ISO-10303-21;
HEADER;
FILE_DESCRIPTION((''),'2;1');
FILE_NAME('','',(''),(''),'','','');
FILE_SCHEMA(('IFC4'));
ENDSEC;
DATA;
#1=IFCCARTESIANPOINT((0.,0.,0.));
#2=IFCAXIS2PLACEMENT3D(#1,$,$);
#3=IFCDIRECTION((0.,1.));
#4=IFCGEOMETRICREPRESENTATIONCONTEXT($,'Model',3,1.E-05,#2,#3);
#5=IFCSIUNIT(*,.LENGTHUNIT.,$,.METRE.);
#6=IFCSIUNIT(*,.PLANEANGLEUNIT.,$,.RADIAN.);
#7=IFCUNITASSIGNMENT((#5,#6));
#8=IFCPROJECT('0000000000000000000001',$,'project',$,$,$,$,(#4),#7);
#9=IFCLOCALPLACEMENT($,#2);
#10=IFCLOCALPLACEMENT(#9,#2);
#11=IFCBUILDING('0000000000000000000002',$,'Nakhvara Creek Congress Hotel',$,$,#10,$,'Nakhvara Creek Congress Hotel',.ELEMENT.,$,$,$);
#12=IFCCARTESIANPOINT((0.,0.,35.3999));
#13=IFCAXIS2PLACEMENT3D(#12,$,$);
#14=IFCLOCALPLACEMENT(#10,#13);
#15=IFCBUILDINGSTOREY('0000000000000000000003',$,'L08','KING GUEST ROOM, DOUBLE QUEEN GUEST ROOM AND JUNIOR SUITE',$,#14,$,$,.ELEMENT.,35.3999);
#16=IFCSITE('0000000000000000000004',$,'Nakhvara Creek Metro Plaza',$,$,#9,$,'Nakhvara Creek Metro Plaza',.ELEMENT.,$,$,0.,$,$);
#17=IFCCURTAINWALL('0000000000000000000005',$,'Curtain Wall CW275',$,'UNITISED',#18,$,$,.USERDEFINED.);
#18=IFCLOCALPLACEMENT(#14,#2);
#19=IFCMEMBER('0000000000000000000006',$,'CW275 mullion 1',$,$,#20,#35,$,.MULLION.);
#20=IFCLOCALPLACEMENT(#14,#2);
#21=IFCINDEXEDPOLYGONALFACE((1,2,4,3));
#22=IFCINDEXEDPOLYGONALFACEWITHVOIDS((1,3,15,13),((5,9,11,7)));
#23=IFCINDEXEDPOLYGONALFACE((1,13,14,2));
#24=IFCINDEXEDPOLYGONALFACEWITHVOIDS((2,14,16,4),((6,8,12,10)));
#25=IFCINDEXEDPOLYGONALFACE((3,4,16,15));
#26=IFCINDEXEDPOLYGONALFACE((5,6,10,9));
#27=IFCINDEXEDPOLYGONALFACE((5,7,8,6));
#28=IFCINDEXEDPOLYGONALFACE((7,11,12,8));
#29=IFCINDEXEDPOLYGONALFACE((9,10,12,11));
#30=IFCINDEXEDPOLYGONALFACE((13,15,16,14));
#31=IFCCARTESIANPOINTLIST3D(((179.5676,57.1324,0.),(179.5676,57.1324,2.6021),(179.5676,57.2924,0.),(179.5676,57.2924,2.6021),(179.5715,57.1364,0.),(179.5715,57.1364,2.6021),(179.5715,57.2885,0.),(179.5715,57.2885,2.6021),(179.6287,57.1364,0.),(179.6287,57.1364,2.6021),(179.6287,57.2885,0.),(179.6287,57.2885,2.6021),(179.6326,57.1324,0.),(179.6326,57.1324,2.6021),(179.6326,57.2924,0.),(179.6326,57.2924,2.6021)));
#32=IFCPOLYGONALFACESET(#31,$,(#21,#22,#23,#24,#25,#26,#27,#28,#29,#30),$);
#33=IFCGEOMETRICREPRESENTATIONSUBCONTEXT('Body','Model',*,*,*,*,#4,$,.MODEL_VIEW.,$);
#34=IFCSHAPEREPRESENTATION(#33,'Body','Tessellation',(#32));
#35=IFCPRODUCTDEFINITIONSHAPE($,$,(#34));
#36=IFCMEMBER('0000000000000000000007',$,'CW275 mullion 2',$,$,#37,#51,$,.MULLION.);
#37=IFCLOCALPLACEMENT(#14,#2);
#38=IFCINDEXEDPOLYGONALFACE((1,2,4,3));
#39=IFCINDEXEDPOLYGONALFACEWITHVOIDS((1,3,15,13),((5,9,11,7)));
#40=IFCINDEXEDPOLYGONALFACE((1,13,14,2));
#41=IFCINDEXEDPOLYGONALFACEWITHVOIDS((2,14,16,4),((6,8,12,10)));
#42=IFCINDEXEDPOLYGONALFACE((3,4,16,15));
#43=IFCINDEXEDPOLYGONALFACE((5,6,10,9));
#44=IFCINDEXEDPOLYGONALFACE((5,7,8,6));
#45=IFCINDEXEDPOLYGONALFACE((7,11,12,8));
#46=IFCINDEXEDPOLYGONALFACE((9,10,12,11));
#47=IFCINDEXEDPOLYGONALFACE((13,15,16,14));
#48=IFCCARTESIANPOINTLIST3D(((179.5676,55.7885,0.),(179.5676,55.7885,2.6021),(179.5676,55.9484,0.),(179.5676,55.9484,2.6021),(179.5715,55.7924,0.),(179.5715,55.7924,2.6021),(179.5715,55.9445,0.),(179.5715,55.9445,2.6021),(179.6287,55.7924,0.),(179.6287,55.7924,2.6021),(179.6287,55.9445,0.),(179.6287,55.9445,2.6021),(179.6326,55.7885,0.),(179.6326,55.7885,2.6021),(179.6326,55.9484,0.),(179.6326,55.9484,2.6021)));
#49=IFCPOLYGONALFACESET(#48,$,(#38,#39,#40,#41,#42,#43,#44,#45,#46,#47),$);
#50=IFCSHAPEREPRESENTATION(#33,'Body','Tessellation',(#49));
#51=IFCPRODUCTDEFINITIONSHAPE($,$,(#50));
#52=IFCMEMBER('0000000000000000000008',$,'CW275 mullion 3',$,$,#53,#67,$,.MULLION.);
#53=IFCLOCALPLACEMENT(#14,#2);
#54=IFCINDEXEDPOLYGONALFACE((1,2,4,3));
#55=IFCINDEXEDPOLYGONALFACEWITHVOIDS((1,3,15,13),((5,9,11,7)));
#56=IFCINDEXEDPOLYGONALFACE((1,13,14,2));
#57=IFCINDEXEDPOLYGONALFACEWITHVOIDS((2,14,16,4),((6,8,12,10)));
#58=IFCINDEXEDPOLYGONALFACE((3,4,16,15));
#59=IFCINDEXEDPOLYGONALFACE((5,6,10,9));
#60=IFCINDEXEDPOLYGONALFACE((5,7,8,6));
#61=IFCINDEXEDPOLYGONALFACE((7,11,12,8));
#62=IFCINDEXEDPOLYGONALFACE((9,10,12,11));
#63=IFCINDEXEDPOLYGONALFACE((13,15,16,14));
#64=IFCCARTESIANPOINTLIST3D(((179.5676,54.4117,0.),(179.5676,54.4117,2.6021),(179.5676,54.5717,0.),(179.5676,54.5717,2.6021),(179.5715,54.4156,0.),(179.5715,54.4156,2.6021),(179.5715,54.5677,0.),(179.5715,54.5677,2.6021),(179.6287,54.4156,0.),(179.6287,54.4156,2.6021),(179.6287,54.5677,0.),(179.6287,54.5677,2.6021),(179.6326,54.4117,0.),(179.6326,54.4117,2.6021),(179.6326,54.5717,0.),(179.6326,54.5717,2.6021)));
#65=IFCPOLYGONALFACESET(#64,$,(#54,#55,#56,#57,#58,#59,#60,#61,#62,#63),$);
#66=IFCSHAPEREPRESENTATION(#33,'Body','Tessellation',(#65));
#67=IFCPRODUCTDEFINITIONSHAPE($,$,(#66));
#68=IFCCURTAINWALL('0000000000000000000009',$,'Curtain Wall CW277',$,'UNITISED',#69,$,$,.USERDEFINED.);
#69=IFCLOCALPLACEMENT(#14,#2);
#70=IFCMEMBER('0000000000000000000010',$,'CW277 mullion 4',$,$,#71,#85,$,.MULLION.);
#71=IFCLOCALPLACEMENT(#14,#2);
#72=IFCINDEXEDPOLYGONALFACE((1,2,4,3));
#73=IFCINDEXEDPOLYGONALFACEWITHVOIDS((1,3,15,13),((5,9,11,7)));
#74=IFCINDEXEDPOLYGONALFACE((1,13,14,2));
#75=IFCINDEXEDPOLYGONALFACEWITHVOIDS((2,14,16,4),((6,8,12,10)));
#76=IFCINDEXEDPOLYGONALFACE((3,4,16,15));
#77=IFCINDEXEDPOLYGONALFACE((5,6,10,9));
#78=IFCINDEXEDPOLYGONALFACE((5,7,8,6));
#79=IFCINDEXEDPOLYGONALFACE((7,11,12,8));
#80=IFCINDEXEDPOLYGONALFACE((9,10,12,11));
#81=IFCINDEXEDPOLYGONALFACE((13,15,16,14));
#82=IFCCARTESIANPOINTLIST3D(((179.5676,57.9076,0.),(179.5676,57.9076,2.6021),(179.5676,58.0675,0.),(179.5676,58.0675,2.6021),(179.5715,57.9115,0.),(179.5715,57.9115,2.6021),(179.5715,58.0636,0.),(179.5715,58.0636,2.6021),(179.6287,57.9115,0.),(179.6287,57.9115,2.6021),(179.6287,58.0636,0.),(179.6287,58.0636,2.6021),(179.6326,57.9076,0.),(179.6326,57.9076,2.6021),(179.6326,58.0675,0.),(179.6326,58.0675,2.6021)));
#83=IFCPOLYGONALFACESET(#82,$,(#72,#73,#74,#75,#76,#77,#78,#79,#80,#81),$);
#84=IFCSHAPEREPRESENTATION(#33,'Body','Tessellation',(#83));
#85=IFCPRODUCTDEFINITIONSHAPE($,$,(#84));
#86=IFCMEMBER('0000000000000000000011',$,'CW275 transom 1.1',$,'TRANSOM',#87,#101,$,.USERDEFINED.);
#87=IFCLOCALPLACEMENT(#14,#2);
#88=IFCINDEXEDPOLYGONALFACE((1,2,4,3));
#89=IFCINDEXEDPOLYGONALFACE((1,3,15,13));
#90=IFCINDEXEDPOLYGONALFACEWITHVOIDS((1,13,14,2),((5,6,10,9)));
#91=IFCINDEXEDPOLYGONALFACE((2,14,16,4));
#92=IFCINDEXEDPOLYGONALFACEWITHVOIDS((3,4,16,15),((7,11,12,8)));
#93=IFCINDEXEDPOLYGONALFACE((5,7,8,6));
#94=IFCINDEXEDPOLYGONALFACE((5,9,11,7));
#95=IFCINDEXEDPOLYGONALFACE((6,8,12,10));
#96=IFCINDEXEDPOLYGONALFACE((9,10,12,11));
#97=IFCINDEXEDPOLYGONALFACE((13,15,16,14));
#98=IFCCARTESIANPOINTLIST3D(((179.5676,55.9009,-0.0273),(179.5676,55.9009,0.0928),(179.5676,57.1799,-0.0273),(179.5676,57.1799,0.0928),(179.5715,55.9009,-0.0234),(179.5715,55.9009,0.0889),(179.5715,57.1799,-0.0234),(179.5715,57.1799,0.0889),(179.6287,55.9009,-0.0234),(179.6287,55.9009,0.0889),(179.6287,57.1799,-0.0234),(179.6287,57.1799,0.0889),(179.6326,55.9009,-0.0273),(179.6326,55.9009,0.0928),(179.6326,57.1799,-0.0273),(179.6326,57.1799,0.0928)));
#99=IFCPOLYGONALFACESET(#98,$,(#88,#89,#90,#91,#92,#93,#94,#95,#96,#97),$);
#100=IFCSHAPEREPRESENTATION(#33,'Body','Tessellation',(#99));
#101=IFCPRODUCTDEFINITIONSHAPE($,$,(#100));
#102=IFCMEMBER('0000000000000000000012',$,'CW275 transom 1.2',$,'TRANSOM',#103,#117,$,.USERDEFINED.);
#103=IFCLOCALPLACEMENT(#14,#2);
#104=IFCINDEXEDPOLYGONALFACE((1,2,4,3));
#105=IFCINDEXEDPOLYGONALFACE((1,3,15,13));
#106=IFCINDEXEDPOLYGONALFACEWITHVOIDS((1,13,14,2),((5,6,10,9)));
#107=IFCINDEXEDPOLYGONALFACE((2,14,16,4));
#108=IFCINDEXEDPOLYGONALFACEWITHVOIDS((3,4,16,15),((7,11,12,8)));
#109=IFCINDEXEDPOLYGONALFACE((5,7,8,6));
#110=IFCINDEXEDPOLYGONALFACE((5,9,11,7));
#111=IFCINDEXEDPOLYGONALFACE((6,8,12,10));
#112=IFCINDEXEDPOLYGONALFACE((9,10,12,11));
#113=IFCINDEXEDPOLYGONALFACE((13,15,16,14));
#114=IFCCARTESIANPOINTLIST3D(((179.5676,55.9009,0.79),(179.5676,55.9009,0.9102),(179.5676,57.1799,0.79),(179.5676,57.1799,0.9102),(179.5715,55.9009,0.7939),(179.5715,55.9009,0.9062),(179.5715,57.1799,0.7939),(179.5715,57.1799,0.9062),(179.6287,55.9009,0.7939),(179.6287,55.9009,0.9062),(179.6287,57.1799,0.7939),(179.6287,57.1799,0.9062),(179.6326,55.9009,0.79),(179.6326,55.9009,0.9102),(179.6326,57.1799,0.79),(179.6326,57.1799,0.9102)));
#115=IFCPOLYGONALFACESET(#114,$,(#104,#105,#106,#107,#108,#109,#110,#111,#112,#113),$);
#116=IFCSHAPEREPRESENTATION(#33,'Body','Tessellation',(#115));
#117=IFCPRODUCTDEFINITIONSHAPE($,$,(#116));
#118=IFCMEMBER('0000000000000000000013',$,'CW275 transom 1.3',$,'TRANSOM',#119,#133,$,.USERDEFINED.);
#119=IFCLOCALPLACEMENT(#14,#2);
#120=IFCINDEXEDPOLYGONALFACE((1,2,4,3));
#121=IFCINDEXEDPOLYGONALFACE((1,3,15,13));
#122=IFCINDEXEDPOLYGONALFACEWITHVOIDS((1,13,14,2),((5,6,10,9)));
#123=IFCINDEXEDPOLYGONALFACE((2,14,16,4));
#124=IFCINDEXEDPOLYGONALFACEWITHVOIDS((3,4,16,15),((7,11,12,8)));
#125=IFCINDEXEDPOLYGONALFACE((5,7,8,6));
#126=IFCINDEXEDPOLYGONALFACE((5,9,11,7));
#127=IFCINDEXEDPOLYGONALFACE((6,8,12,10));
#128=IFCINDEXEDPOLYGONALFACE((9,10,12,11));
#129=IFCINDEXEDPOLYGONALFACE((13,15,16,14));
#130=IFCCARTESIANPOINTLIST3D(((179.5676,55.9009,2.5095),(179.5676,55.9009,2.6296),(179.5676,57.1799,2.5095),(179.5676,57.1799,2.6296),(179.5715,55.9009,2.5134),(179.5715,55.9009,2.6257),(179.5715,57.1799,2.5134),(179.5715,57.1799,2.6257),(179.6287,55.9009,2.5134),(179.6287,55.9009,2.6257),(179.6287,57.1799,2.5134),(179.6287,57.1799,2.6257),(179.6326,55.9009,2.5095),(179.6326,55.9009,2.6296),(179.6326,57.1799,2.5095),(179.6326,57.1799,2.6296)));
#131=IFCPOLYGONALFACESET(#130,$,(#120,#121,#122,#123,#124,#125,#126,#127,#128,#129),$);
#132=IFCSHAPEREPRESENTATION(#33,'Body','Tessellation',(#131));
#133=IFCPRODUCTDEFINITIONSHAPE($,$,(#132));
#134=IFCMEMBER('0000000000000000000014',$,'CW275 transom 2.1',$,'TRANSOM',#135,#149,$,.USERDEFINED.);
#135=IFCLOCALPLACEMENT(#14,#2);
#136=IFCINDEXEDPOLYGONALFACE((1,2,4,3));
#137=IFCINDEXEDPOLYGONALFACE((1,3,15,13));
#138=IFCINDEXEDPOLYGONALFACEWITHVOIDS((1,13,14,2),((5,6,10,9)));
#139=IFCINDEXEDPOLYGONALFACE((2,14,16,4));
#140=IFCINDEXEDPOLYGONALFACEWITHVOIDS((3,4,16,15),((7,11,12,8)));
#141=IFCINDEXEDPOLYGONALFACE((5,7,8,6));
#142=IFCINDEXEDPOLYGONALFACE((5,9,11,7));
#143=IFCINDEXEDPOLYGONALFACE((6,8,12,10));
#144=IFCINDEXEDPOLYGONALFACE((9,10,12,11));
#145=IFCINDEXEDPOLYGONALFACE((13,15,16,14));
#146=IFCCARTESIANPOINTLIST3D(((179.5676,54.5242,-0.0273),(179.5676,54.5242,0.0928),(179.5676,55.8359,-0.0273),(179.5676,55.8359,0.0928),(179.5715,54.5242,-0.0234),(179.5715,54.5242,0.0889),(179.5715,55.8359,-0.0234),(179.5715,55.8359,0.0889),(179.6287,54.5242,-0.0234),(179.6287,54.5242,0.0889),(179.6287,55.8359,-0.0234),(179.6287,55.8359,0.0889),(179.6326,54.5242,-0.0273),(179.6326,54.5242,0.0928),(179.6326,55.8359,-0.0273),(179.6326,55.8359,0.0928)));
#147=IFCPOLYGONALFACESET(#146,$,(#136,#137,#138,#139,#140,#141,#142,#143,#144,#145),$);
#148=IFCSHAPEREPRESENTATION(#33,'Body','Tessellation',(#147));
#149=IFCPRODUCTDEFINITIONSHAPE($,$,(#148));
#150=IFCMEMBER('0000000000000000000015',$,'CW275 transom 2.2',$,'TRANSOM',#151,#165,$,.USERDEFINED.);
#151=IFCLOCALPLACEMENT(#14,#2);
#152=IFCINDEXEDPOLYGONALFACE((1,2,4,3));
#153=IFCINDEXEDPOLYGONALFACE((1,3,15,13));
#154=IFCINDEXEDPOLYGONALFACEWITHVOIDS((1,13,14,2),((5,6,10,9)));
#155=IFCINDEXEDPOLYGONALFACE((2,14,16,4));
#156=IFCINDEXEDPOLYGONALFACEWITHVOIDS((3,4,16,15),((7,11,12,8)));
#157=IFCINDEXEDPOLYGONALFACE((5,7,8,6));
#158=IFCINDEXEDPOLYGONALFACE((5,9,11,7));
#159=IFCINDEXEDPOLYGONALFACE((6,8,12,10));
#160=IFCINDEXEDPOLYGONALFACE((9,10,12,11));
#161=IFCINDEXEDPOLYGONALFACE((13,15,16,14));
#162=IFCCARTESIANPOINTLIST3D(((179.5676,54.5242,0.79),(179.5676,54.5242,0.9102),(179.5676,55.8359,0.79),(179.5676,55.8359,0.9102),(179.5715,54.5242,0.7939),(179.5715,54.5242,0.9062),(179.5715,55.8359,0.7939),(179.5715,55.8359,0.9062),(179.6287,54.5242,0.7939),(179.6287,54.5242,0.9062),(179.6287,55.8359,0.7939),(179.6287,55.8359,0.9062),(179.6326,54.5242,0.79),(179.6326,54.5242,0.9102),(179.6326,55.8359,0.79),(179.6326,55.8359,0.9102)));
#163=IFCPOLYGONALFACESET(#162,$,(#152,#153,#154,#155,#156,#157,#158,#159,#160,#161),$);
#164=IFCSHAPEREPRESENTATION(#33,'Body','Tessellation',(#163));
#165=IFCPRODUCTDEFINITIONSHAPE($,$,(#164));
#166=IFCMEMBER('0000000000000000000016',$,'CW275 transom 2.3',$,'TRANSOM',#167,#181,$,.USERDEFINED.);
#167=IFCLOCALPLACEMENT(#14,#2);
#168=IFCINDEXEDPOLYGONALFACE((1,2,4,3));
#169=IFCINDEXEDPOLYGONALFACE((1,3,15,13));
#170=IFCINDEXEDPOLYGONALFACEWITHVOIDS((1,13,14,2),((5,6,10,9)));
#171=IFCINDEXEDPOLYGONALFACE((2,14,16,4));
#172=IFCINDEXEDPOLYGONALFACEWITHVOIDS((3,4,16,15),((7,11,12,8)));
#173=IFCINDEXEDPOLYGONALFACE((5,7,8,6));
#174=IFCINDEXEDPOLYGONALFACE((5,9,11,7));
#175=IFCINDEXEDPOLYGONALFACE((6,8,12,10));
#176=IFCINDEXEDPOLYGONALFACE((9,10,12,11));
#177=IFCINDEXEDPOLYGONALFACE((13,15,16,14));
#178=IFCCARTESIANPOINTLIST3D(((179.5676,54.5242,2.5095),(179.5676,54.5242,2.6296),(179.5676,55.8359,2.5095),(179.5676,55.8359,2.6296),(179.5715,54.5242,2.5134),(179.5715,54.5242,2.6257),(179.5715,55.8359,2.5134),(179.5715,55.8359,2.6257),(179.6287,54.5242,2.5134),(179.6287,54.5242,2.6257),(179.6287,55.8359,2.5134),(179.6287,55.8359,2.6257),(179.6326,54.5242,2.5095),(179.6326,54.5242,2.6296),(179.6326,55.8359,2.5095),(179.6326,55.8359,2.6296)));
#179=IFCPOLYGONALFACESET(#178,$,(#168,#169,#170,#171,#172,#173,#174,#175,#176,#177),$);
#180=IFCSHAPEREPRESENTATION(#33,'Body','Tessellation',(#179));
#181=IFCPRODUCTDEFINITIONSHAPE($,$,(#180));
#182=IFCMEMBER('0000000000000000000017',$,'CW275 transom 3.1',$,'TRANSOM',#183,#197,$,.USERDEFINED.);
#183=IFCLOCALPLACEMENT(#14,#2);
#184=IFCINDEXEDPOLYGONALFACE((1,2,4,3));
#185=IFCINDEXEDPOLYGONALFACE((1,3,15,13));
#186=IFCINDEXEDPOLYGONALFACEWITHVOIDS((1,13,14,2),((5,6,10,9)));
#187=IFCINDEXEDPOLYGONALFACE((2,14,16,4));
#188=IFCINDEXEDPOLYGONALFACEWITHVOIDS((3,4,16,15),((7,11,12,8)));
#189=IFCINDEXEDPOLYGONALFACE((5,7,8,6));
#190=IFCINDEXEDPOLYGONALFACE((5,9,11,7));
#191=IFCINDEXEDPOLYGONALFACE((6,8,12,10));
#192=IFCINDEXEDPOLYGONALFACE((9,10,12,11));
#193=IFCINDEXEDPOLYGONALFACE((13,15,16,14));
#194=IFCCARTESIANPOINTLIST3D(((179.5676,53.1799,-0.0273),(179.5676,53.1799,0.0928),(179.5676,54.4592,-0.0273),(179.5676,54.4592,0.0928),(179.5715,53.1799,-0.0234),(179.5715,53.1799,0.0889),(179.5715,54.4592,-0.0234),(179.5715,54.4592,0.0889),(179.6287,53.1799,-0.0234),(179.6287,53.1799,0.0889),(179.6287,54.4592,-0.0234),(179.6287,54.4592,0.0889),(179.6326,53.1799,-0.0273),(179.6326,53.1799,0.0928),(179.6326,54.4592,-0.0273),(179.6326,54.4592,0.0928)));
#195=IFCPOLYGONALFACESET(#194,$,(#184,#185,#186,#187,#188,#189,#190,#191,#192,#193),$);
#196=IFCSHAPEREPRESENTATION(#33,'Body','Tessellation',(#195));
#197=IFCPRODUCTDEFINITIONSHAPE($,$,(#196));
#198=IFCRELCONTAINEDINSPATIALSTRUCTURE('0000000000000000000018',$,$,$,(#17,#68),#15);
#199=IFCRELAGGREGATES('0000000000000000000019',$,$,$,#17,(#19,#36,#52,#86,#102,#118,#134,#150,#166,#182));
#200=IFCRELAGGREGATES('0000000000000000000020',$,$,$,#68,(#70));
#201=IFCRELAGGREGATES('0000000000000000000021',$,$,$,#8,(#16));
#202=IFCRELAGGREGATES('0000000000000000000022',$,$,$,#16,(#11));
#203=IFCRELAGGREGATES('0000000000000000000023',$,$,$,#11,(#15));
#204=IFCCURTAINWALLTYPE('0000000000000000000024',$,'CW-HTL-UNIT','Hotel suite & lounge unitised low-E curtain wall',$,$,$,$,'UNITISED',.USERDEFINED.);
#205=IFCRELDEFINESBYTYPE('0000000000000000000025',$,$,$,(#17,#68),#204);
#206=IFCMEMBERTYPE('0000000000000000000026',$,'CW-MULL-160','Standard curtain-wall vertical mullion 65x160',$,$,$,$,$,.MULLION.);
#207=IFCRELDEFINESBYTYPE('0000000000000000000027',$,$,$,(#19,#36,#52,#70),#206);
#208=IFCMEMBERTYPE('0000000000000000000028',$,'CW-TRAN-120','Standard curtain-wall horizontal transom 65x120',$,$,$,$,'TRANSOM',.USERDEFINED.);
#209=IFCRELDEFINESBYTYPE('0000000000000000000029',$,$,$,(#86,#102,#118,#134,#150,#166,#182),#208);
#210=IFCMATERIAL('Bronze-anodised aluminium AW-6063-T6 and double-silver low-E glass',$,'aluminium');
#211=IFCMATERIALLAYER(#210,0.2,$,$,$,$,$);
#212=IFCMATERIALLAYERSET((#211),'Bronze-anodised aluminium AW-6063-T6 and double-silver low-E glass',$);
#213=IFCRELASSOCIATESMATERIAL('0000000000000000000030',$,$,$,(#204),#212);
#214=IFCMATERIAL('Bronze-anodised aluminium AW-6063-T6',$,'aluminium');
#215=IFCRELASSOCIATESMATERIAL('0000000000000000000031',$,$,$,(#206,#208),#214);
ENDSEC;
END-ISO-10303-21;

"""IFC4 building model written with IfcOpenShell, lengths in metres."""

from ifc_helpers import new_model, si_unit, direction, frame, origin, origin_2d, place, context, subcontext, project, spatial, hollow_rectangle, extrude, material, layer, layer_set, material_profile, profile_set, type_object, element, aggregate, save


model = new_model("IFC4")

# Units and contexts
model_context = context("Model", 3, precision=1e-05, world=origin(), true_north=direction((0.0, 1.0)))
body_context = subcontext(model_context, "Body", "Model", "MODEL_VIEW")
ifc_project = project(units=[si_unit("LENGTHUNIT", "METRE"), si_unit("PLANEANGLEUNIT", "RADIAN")], contexts=[model_context])

# Site, building, storey
site_placement = place(None, origin())
site = spatial("IfcSite", under=ifc_project, at=site_placement, Name="Nakhvara Creek Metro Plaza", LongName="Nakhvara Creek Metro Plaza", CompositionType="ELEMENT", RefElevation=0.0)
building_placement = place(site_placement, origin())
building = spatial("IfcBuilding", under=site, at=building_placement, Name="Nakhvara Creek Congress Hotel", LongName="Nakhvara Creek Congress Hotel", CompositionType="ELEMENT")
storey_placement = place(building_placement, frame((0.0, 0.0, 35.3999)))
storey = spatial("IfcBuildingStorey", under=building, at=storey_placement, Name="L08", Description="KING GUEST ROOM, DOUBLE QUEEN GUEST ROOM AND JUNIOR SUITE", CompositionType="ELEMENT", Elevation=35.3999)

# Curtain wall, members
ifc_material_1 = material(Name="Bronze-anodised aluminium AW-6063-T6 and double-silver low-E glass", Category="aluminium")
ifc_layer_1 = layer(ifc_material_1, 0.2)
ifc_layer_set_1 = layer_set([ifc_layer_1], Name="Bronze-anodised aluminium AW-6063-T6 and double-silver low-E glass")
curtain_wall_type = type_object("IfcCurtainWallType", Name="CW-HTL-UNIT", Description="Hotel suite & lounge unitised low-E curtain wall", ElementType="UNITISED", PredefinedType="USERDEFINED", material=ifc_layer_set_1)
curtain_wall_1_placement = place(storey_placement, origin())
curtain_wall_1 = element("IfcCurtainWall", 1, at=curtain_wall_1_placement, inside=storey, type_object=curtain_wall_type, Name="Curtain Wall CW275", ObjectType="UNITISED", PredefinedType="USERDEFINED")
ifc_material_2 = material(Name="Bronze-anodised aluminium AW-6063-T6", Category="aluminium")
ifc_material_profile_1 = material_profile(ifc_material_2, hollow_rectangle(XDim=0.0649, YDim=0.1599, WallThickness=0.0039, at=origin_2d()), Name="ALU-MULL 65x160x4", Category="LoadBearing")
ifc_profile_set_1 = profile_set([ifc_material_profile_1], Name="Bronze-anodised aluminium AW-6063-T6")
member_type_1 = type_object("IfcMemberType", Name="CW-MULL-160", Description="Standard curtain-wall vertical mullion 65x160", PredefinedType="MULLION", material=ifc_profile_set_1)
member_1_placement = place(storey_placement, frame((179.6001, 57.2124, 0.0), z_axis=(0.0, 0.0, 1.0), x_axis=(1.0, 0.0, 0.0)))
member_1 = element("IfcMember", 2, at=member_1_placement, type_object=member_type_1, Name="CW275 mullion 1", PredefinedType="MULLION", context=body_context, shape_type="SweptSolid", body=[
    extrude(hollow_rectangle(XDim=0.0649, YDim=0.1599, WallThickness=0.0039, at=origin_2d()), origin(), (0.0, 0.0, 1.0), 2.6021),
])
member_2_placement = place(storey_placement, frame((179.6001, 55.8684, 0.0), z_axis=(0.0, 0.0, 1.0), x_axis=(1.0, 0.0, 0.0)))
member_2 = element("IfcMember", 3, at=member_2_placement, type_object=member_type_1, Name="CW275 mullion 2", PredefinedType="MULLION", context=body_context, shape_type="SweptSolid", body=[
    extrude(hollow_rectangle(XDim=0.0649, YDim=0.1599, WallThickness=0.0039, at=origin_2d()), origin(), (0.0, 0.0, 1.0), 2.6021),
])
member_3_placement = place(storey_placement, frame((179.6001, 54.4917, 0.0), z_axis=(0.0, 0.0, 1.0), x_axis=(1.0, 0.0, 0.0)))
member_3 = element("IfcMember", 4, at=member_3_placement, type_object=member_type_1, Name="CW275 mullion 3", PredefinedType="MULLION", context=body_context, shape_type="SweptSolid", body=[
    extrude(hollow_rectangle(XDim=0.0649, YDim=0.1599, WallThickness=0.0039, at=origin_2d()), origin(), (0.0, 0.0, 1.0), 2.6021),
])

# Curtain wall, member
curtain_wall_2_placement = place(storey_placement, origin())
curtain_wall_2 = element("IfcCurtainWall", 5, at=curtain_wall_2_placement, inside=storey, type_object=curtain_wall_type, Name="Curtain Wall CW277", ObjectType="UNITISED", PredefinedType="USERDEFINED")
member_4_placement = place(storey_placement, frame((179.6001, 57.9875, 0.0), z_axis=(0.0, 0.0, 1.0), x_axis=(1.0, 0.0, 0.0)))
member_4 = element("IfcMember", 6, at=member_4_placement, type_object=member_type_1, Name="CW277 mullion 4", PredefinedType="MULLION", context=body_context, shape_type="SweptSolid", body=[
    extrude(hollow_rectangle(XDim=0.0649, YDim=0.1599, WallThickness=0.0039, at=origin_2d()), origin(), (0.0, 0.0, 1.0), 2.6021),
])

# Members
ifc_material_profile_2 = material_profile(ifc_material_2, hollow_rectangle(XDim=0.0649, YDim=0.1201, WallThickness=0.0039, at=origin_2d()), Name="ALU-TRAN 65x120x4", Category="LoadBearing")
ifc_profile_set_2 = profile_set([ifc_material_profile_2], Name="Bronze-anodised aluminium AW-6063-T6")
member_type_2 = type_object("IfcMemberType", Name="CW-TRAN-120", Description="Standard curtain-wall horizontal transom 65x120", ElementType="TRANSOM", PredefinedType="USERDEFINED", material=ifc_profile_set_2)
member_5_placement = place(storey_placement, frame((179.6001, 57.1799, 0.0327), z_axis=(0.0, -1.0, 0.0), x_axis=(1.0, 0.0, 0.0)))
member_5 = element("IfcMember", 7, at=member_5_placement, type_object=member_type_2, Name="CW275 transom 1.1", ObjectType="TRANSOM", PredefinedType="USERDEFINED", context=body_context, shape_type="SweptSolid", body=[
    extrude(hollow_rectangle(XDim=0.0649, YDim=0.1201, WallThickness=0.0039, at=origin_2d()), origin(), (0.0, 0.0, 1.0), 1.2791),
])
member_6_placement = place(storey_placement, frame((179.6001, 57.1799, 0.8501), z_axis=(0.0, -1.0, 0.0), x_axis=(1.0, 0.0, 0.0)))
member_6 = element("IfcMember", 8, at=member_6_placement, type_object=member_type_2, Name="CW275 transom 1.2", ObjectType="TRANSOM", PredefinedType="USERDEFINED", context=body_context, shape_type="SweptSolid", body=[
    extrude(hollow_rectangle(XDim=0.0649, YDim=0.1201, WallThickness=0.0039, at=origin_2d()), origin(), (0.0, 0.0, 1.0), 1.2791),
])
member_7_placement = place(storey_placement, frame((179.6001, 57.1799, 2.5696), z_axis=(0.0, -1.0, 0.0), x_axis=(1.0, 0.0, 0.0)))
member_7 = element("IfcMember", 9, at=member_7_placement, type_object=member_type_2, Name="CW275 transom 1.3", ObjectType="TRANSOM", PredefinedType="USERDEFINED", context=body_context, shape_type="SweptSolid", body=[
    extrude(hollow_rectangle(XDim=0.0649, YDim=0.1201, WallThickness=0.0039, at=origin_2d()), origin(), (0.0, 0.0, 1.0), 1.2791),
])
member_8_placement = place(storey_placement, frame((179.6001, 55.8359, 0.0327), z_axis=(0.0, -1.0, 0.0), x_axis=(1.0, 0.0, 0.0)))
member_8 = element("IfcMember", 10, at=member_8_placement, type_object=member_type_2, Name="CW275 transom 2.1", ObjectType="TRANSOM", PredefinedType="USERDEFINED", context=body_context, shape_type="SweptSolid", body=[
    extrude(hollow_rectangle(XDim=0.0649, YDim=0.1201, WallThickness=0.0039, at=origin_2d()), origin(), (0.0, 0.0, 1.0), 1.3118),
])
member_9_placement = place(storey_placement, frame((179.6001, 55.8359, 0.8501), z_axis=(0.0, -1.0, 0.0), x_axis=(1.0, 0.0, 0.0)))
member_9 = element("IfcMember", 11, at=member_9_placement, type_object=member_type_2, Name="CW275 transom 2.2", ObjectType="TRANSOM", PredefinedType="USERDEFINED", context=body_context, shape_type="SweptSolid", body=[
    extrude(hollow_rectangle(XDim=0.0649, YDim=0.1201, WallThickness=0.0039, at=origin_2d()), origin(), (0.0, 0.0, 1.0), 1.3118),
])
member_10_placement = place(storey_placement, frame((179.6001, 55.8359, 2.5696), z_axis=(0.0, -1.0, 0.0), x_axis=(1.0, 0.0, 0.0)))
member_10 = element("IfcMember", 12, at=member_10_placement, type_object=member_type_2, Name="CW275 transom 2.3", ObjectType="TRANSOM", PredefinedType="USERDEFINED", context=body_context, shape_type="SweptSolid", body=[
    extrude(hollow_rectangle(XDim=0.0649, YDim=0.1201, WallThickness=0.0039, at=origin_2d()), origin(), (0.0, 0.0, 1.0), 1.3118),
])
member_11_placement = place(storey_placement, frame((179.6001, 54.4592, 0.0327), z_axis=(0.0, -1.0, 0.0), x_axis=(1.0, 0.0, 0.0)))
member_11 = element("IfcMember", 13, at=member_11_placement, type_object=member_type_2, Name="CW275 transom 3.1", ObjectType="TRANSOM", PredefinedType="USERDEFINED", context=body_context, shape_type="SweptSolid", body=[
    extrude(hollow_rectangle(XDim=0.0649, YDim=0.1201, WallThickness=0.0039, at=origin_2d()), origin(), (0.0, 0.0, 1.0), 1.2793),
])

aggregate(curtain_wall_1, [member_1, member_2, member_3, member_5, member_6, member_7, member_8, member_9, member_10, member_11])
aggregate(curtain_wall_2, [member_4])

save(model, "model.ifc")
